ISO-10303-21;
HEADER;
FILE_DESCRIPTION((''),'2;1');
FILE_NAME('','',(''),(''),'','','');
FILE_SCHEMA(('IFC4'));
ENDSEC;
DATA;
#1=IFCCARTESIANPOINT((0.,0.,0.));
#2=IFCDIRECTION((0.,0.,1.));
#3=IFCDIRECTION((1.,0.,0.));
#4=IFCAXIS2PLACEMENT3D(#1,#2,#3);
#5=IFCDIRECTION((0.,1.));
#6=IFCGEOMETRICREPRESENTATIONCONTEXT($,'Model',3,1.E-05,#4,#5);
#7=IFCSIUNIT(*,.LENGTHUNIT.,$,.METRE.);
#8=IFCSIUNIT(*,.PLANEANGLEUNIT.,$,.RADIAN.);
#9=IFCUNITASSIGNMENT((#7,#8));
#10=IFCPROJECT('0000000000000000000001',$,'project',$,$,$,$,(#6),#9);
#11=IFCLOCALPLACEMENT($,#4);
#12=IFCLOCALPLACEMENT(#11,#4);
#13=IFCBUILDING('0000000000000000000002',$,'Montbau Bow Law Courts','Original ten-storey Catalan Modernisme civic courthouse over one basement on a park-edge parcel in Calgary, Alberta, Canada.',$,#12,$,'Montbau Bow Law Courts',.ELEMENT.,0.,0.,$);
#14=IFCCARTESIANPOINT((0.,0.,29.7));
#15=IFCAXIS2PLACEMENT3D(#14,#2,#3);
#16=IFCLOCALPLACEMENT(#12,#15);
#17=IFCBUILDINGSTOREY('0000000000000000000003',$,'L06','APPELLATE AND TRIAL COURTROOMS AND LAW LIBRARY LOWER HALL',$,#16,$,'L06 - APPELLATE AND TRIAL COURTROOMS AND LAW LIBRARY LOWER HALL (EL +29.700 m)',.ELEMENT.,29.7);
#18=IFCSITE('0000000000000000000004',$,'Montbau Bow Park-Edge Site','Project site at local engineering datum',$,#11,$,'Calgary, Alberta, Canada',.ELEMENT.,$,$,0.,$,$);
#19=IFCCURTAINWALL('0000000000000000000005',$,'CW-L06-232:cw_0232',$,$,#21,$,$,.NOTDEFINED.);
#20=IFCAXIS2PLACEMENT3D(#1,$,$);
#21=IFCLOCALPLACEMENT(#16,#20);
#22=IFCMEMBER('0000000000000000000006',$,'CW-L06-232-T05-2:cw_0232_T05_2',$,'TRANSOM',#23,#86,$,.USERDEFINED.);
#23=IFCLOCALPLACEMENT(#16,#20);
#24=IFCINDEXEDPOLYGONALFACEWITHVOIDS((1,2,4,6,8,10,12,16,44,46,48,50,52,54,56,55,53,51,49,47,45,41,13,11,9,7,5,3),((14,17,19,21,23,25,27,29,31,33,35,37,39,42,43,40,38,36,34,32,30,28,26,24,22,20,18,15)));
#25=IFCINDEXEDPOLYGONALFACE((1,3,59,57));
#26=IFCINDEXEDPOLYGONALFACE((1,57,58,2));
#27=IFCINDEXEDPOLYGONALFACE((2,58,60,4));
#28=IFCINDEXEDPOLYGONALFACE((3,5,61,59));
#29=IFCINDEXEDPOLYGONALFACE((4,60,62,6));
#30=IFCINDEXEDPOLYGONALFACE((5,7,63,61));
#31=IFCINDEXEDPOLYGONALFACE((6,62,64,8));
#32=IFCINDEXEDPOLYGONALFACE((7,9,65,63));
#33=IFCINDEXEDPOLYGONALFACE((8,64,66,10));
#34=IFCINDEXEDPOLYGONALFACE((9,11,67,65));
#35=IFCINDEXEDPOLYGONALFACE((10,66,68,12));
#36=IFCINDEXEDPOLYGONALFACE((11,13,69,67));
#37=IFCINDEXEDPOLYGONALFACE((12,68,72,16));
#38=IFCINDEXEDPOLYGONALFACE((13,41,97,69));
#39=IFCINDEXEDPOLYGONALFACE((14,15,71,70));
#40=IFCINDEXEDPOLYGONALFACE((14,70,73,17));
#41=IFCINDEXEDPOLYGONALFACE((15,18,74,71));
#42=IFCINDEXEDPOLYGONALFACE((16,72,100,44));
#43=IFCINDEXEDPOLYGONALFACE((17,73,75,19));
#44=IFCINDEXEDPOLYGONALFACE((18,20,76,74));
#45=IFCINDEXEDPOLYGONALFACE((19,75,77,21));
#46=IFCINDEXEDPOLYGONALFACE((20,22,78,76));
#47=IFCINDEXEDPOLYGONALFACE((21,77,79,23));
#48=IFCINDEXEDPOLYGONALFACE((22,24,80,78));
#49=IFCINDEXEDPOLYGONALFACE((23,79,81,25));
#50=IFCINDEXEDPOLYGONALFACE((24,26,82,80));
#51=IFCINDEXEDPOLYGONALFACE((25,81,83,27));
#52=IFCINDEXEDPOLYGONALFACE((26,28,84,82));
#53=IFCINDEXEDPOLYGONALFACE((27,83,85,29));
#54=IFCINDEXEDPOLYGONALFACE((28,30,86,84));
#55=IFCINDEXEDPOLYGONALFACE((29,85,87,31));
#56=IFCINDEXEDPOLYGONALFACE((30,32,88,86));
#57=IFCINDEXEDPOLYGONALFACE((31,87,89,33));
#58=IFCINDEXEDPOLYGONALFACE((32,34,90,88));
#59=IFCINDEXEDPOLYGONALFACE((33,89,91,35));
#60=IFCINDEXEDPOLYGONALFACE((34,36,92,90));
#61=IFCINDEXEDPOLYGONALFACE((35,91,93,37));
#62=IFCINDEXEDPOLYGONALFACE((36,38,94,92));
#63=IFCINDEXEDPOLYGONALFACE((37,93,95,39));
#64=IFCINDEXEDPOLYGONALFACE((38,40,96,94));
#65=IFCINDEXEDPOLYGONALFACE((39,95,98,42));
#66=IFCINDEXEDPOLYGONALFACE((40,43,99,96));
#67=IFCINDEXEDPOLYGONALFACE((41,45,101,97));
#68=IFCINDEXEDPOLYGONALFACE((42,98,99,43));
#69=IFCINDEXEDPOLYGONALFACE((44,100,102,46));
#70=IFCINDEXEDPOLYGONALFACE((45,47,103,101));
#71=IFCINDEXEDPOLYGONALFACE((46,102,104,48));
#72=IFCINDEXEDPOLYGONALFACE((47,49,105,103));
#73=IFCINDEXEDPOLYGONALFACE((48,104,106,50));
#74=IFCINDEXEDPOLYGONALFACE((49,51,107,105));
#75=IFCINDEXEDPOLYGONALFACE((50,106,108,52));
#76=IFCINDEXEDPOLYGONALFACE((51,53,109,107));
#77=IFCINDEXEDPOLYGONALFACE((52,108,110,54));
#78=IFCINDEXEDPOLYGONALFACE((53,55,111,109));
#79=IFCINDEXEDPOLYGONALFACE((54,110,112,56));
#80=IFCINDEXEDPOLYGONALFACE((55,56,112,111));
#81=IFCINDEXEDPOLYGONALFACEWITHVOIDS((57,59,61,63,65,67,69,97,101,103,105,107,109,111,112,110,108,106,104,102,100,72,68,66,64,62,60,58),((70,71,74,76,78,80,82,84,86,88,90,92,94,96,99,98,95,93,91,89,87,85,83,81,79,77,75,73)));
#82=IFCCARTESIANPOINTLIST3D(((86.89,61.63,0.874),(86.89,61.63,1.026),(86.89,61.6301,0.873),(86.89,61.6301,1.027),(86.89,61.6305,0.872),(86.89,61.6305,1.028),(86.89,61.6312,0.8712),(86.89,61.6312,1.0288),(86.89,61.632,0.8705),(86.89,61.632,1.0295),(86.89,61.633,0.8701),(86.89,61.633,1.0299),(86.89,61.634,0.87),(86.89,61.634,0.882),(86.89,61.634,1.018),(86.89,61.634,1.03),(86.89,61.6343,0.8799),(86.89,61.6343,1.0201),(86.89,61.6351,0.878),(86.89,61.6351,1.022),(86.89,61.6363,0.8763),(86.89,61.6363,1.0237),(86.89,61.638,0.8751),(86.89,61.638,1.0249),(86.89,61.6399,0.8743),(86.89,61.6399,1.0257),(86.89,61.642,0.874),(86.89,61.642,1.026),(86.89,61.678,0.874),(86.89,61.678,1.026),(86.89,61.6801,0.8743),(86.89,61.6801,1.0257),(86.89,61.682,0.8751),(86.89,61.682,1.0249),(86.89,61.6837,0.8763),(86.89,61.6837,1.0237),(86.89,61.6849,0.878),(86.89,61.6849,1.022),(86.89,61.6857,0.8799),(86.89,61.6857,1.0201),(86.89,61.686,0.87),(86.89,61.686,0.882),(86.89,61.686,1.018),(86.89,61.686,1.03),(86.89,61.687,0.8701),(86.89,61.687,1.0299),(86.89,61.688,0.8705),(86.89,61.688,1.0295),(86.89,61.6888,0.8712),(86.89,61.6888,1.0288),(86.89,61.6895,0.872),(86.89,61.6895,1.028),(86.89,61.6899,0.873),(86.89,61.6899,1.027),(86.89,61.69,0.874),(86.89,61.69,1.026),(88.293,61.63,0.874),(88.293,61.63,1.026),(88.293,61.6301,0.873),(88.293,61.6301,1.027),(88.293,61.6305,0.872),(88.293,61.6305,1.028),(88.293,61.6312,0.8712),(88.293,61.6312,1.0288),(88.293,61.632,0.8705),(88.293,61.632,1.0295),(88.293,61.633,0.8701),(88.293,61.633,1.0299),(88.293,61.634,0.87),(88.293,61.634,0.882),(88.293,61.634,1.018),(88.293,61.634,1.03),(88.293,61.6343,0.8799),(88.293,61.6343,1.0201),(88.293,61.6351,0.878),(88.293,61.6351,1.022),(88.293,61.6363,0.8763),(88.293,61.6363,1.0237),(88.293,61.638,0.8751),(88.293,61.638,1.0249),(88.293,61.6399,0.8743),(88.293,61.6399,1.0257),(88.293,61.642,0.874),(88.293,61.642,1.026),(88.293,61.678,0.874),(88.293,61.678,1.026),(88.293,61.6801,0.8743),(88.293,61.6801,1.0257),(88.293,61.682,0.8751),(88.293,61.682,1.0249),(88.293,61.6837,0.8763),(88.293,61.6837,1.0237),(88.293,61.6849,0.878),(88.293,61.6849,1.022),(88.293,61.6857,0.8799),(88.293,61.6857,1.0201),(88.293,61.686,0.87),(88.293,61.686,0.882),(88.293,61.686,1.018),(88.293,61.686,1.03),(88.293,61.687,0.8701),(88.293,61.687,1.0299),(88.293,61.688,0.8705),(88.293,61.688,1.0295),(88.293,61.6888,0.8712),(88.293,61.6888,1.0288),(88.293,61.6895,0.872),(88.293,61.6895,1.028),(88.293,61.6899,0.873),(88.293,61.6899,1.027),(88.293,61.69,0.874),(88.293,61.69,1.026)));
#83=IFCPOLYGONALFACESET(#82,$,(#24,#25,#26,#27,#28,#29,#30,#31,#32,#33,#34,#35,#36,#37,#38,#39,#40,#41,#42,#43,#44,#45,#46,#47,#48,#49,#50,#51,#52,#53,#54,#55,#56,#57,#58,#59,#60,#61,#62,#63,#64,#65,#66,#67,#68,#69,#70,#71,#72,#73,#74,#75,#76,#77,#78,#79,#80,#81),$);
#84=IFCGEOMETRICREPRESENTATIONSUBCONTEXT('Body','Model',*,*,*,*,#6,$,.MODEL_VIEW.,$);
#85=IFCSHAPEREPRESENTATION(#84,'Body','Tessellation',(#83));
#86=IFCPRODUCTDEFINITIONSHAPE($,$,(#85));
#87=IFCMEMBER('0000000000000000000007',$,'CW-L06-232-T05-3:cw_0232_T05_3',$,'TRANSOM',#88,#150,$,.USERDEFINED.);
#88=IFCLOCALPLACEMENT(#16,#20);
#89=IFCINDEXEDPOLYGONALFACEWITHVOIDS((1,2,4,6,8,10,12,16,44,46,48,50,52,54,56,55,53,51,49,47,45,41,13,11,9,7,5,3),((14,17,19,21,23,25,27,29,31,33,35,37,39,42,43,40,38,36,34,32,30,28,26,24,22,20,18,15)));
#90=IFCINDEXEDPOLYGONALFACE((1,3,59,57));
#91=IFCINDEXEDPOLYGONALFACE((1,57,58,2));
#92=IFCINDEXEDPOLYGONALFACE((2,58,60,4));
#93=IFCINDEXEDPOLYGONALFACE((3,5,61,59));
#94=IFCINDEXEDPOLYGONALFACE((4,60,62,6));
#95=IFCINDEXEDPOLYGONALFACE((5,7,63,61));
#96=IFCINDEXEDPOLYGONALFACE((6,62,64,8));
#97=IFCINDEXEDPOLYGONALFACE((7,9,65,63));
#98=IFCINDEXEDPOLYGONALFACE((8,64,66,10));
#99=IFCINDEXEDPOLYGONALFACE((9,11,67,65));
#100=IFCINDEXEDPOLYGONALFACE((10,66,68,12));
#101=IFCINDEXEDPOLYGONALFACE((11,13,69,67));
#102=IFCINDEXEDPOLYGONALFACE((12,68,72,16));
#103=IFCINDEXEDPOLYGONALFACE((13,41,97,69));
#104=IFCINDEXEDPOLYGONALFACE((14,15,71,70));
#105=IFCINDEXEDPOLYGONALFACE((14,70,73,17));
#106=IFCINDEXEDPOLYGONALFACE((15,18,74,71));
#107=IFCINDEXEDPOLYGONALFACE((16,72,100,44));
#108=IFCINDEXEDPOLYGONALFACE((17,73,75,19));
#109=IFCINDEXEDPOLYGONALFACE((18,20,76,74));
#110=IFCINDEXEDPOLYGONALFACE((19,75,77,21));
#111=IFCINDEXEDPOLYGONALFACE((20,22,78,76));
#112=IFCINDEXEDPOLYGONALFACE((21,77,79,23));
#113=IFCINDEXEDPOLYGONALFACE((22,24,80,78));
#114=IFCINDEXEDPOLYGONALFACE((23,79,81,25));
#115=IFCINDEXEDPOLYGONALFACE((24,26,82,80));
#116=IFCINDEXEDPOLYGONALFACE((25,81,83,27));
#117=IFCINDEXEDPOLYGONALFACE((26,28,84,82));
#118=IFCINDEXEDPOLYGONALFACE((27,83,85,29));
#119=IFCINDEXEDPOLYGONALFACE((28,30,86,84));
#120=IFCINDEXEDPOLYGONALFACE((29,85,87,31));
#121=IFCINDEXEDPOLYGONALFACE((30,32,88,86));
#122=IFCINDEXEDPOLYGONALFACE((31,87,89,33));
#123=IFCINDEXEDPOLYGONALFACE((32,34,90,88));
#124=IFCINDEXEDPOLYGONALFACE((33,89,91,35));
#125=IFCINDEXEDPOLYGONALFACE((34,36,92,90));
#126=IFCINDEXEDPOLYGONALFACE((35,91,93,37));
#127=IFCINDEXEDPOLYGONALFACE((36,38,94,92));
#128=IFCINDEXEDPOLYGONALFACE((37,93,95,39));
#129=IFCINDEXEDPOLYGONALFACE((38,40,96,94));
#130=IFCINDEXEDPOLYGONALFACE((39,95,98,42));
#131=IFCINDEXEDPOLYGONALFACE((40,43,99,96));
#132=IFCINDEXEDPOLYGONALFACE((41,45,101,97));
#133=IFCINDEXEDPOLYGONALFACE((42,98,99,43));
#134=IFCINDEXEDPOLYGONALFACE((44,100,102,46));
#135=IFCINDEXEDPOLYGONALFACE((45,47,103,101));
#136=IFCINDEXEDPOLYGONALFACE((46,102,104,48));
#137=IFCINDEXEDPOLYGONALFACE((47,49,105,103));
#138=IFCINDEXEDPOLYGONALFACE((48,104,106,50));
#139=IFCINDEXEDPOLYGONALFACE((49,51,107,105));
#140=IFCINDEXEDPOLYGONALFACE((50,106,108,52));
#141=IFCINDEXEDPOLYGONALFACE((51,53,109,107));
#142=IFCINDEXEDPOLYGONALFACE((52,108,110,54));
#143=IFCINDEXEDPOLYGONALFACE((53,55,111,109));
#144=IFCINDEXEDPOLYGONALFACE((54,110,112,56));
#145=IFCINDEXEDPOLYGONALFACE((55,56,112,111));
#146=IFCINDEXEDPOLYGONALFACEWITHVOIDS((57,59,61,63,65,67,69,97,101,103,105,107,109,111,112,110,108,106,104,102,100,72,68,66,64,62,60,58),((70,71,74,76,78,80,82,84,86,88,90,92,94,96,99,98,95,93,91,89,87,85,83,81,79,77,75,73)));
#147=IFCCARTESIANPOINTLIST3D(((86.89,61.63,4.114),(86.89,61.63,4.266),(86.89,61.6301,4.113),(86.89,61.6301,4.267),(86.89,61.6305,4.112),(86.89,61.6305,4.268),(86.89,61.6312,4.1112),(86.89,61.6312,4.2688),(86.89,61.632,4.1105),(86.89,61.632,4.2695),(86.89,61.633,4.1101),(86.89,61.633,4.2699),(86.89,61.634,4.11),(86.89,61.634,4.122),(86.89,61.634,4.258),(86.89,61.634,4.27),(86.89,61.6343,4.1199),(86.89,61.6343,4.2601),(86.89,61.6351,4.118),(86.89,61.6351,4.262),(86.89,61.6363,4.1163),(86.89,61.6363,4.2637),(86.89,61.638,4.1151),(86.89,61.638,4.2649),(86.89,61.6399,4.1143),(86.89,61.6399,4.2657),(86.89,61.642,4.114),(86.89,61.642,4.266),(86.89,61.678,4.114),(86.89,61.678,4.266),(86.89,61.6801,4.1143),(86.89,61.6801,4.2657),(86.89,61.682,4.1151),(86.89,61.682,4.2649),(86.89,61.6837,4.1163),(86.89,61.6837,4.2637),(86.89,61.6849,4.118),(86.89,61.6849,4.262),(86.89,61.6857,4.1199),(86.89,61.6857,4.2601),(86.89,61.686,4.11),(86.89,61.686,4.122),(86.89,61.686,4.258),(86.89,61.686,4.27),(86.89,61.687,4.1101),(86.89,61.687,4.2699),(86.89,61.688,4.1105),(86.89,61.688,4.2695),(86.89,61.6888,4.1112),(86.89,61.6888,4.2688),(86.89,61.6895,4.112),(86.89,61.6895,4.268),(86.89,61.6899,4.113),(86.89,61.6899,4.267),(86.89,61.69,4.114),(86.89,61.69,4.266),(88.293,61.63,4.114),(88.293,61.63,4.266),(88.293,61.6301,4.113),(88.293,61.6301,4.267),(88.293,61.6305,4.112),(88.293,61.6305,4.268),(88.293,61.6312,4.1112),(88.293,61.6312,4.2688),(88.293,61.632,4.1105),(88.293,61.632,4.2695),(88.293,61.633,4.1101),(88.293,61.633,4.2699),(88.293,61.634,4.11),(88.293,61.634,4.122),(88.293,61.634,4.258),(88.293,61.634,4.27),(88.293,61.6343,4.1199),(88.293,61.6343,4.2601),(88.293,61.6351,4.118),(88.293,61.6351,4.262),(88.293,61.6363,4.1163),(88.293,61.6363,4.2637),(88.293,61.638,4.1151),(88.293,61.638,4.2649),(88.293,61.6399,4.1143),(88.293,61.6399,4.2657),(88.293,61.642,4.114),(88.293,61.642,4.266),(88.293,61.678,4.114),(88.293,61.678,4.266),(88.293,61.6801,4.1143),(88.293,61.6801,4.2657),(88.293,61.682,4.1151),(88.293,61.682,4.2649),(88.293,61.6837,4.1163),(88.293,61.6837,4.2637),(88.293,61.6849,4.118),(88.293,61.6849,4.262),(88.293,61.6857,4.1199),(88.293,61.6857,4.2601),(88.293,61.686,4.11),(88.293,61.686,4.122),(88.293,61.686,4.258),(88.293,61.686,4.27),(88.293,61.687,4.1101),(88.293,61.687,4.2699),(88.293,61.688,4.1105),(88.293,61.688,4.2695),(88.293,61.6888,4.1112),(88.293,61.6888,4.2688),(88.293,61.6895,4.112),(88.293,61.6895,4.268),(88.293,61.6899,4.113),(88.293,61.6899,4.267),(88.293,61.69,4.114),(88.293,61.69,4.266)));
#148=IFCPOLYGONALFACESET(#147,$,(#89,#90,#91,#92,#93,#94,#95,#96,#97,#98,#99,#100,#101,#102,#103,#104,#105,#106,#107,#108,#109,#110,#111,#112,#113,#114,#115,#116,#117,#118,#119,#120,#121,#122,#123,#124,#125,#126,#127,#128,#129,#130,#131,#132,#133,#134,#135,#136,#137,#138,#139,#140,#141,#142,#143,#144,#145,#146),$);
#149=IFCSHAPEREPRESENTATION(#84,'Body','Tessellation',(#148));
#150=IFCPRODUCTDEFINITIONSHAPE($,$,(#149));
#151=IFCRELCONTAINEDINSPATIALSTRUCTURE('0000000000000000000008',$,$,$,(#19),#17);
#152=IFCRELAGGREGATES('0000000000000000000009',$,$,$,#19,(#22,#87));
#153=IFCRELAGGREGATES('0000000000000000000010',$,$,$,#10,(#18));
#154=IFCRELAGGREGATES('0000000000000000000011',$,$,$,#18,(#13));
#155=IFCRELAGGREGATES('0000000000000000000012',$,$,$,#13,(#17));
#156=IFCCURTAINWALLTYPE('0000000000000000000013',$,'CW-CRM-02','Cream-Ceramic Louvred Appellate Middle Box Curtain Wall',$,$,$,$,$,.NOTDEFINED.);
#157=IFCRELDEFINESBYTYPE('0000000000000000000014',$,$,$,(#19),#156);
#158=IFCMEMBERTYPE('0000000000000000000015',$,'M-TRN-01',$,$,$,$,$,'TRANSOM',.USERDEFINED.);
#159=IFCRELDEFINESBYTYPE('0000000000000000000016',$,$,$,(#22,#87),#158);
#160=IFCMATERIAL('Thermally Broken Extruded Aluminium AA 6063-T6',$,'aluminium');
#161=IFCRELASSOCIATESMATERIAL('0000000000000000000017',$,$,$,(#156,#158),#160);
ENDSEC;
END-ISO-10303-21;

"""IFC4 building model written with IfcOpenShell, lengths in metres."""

from ifc_helpers import new_model, si_unit, direction, frame, origin_with_axes, origin_2d_with_axis, place, context, subcontext, project, spatial, hollow_rectangle, extrude, material, material_profile, profile_set, type_object, element, aggregate, save


model = new_model("IFC4")

# Units and contexts
model_context = context("Model", 3, precision=1e-05, world=origin_with_axes(), true_north=direction((0.0, 1.0)))
body_context = subcontext(model_context, "Body", "Model", "MODEL_VIEW")
ifc_project = project(units=[si_unit("LENGTHUNIT", "METRE"), si_unit("PLANEANGLEUNIT", "RADIAN")], contexts=[model_context])

# Site, building, storey
site_placement = place(None, origin_with_axes())
site = spatial("IfcSite", under=ifc_project, at=site_placement, Name="Montbau Bow Park-Edge Site", Description="Project site at local engineering datum", LongName="Calgary, Alberta, Canada", CompositionType="ELEMENT", RefElevation=0.0)
building_placement = place(site_placement, origin_with_axes())
building = spatial("IfcBuilding", under=site, at=building_placement, Name="Montbau Bow Law Courts", Description="Original ten-storey Catalan Modernisme civic courthouse over one basement on a park-edge parcel in Calgary, Alberta, Canada.", LongName="Montbau Bow Law Courts", CompositionType="ELEMENT", ElevationOfRefHeight=0.0, ElevationOfTerrain=0.0)
storey_placement = place(building_placement, frame((0.0, 0.0, 29.7), z_axis=(0.0, 0.0, 1.0), x_axis=(1.0, 0.0, 0.0)))
storey = spatial("IfcBuildingStorey", under=building, at=storey_placement, Name="L06", Description="APPELLATE AND TRIAL COURTROOMS AND LAW LIBRARY LOWER HALL", LongName="L06 - APPELLATE AND TRIAL COURTROOMS AND LAW LIBRARY LOWER HALL (EL +29.700 m)", CompositionType="ELEMENT", Elevation=29.7)

# Curtain wall
ifc_material_1 = material(Name="Thermally Broken Extruded Aluminium AA 6063-T6", Category="aluminium")
curtain_wall_type = type_object("IfcCurtainWallType", Name="CW-CRM-02", Description="Cream-Ceramic Louvred Appellate Middle Box Curtain Wall", PredefinedType="NOTDEFINED", material=ifc_material_1)
curtain_wall_1_placement = place(None, frame((80.84, 61.66, 29.7), z_axis=(0.0, 0.0, 1.0), x_axis=(1.0, 0.0, 0.0)))
curtain_wall_1 = element("IfcCurtainWall", 1, at=curtain_wall_1_placement, inside=storey, type_object=curtain_wall_type, Name="CW-L06-232:cw_0232", PredefinedType="NOTDEFINED")

# Members
ifc_material_profile_1 = material_profile(ifc_material_1, hollow_rectangle(XDim=0.06, YDim=0.16, WallThickness=0.004, InnerFilletRadius=0.008, OuterFilletRadius=0.004, at=origin_2d_with_axis()), Name="CWT-160X60", Category="Main", Priority=0)
ifc_profile_set_1 = profile_set([ifc_material_profile_1], Name="Thermally Broken Extruded Aluminium AA 6063-T6")
member_type_1 = type_object("IfcMemberType", Name="M-TRN-01", ElementType="TRANSOM", PredefinedType="USERDEFINED", material=ifc_profile_set_1)
member_1_placement = place(None, frame((86.89, 61.66, 30.65), z_axis=(1.0, 0.0, 0.0), x_axis=(0.0, 1.0, 0.0)))
member_1 = element("IfcMember", 2, at=member_1_placement, type_object=member_type_1, Name="CW-L06-232-T05-2:cw_0232_T05_2", ObjectType="TRANSOM", PredefinedType="USERDEFINED", context=body_context, shape_type="SweptSolid", body=[
    extrude(hollow_rectangle(XDim=0.06, YDim=0.16, WallThickness=0.004, InnerFilletRadius=0.008, OuterFilletRadius=0.004, at=origin_2d_with_axis()), origin_with_axes(), (0.0, 0.0, 1.0), 1.403),
])
member_2_placement = place(None, frame((86.89, 61.66, 33.89), z_axis=(1.0, 0.0, 0.0), x_axis=(0.0, 1.0, 0.0)))
member_2 = element("IfcMember", 3, at=member_2_placement, type_object=member_type_1, Name="CW-L06-232-T05-3:cw_0232_T05_3", ObjectType="TRANSOM", PredefinedType="USERDEFINED", context=body_context, shape_type="SweptSolid", body=[
    extrude(hollow_rectangle(XDim=0.06, YDim=0.16, WallThickness=0.004, InnerFilletRadius=0.008, OuterFilletRadius=0.004, at=origin_2d_with_axis()), origin_with_axes(), (0.0, 0.0, 1.0), 1.403),
])

aggregate(curtain_wall_1, [member_1, member_2])

save(model, "model.ifc")
